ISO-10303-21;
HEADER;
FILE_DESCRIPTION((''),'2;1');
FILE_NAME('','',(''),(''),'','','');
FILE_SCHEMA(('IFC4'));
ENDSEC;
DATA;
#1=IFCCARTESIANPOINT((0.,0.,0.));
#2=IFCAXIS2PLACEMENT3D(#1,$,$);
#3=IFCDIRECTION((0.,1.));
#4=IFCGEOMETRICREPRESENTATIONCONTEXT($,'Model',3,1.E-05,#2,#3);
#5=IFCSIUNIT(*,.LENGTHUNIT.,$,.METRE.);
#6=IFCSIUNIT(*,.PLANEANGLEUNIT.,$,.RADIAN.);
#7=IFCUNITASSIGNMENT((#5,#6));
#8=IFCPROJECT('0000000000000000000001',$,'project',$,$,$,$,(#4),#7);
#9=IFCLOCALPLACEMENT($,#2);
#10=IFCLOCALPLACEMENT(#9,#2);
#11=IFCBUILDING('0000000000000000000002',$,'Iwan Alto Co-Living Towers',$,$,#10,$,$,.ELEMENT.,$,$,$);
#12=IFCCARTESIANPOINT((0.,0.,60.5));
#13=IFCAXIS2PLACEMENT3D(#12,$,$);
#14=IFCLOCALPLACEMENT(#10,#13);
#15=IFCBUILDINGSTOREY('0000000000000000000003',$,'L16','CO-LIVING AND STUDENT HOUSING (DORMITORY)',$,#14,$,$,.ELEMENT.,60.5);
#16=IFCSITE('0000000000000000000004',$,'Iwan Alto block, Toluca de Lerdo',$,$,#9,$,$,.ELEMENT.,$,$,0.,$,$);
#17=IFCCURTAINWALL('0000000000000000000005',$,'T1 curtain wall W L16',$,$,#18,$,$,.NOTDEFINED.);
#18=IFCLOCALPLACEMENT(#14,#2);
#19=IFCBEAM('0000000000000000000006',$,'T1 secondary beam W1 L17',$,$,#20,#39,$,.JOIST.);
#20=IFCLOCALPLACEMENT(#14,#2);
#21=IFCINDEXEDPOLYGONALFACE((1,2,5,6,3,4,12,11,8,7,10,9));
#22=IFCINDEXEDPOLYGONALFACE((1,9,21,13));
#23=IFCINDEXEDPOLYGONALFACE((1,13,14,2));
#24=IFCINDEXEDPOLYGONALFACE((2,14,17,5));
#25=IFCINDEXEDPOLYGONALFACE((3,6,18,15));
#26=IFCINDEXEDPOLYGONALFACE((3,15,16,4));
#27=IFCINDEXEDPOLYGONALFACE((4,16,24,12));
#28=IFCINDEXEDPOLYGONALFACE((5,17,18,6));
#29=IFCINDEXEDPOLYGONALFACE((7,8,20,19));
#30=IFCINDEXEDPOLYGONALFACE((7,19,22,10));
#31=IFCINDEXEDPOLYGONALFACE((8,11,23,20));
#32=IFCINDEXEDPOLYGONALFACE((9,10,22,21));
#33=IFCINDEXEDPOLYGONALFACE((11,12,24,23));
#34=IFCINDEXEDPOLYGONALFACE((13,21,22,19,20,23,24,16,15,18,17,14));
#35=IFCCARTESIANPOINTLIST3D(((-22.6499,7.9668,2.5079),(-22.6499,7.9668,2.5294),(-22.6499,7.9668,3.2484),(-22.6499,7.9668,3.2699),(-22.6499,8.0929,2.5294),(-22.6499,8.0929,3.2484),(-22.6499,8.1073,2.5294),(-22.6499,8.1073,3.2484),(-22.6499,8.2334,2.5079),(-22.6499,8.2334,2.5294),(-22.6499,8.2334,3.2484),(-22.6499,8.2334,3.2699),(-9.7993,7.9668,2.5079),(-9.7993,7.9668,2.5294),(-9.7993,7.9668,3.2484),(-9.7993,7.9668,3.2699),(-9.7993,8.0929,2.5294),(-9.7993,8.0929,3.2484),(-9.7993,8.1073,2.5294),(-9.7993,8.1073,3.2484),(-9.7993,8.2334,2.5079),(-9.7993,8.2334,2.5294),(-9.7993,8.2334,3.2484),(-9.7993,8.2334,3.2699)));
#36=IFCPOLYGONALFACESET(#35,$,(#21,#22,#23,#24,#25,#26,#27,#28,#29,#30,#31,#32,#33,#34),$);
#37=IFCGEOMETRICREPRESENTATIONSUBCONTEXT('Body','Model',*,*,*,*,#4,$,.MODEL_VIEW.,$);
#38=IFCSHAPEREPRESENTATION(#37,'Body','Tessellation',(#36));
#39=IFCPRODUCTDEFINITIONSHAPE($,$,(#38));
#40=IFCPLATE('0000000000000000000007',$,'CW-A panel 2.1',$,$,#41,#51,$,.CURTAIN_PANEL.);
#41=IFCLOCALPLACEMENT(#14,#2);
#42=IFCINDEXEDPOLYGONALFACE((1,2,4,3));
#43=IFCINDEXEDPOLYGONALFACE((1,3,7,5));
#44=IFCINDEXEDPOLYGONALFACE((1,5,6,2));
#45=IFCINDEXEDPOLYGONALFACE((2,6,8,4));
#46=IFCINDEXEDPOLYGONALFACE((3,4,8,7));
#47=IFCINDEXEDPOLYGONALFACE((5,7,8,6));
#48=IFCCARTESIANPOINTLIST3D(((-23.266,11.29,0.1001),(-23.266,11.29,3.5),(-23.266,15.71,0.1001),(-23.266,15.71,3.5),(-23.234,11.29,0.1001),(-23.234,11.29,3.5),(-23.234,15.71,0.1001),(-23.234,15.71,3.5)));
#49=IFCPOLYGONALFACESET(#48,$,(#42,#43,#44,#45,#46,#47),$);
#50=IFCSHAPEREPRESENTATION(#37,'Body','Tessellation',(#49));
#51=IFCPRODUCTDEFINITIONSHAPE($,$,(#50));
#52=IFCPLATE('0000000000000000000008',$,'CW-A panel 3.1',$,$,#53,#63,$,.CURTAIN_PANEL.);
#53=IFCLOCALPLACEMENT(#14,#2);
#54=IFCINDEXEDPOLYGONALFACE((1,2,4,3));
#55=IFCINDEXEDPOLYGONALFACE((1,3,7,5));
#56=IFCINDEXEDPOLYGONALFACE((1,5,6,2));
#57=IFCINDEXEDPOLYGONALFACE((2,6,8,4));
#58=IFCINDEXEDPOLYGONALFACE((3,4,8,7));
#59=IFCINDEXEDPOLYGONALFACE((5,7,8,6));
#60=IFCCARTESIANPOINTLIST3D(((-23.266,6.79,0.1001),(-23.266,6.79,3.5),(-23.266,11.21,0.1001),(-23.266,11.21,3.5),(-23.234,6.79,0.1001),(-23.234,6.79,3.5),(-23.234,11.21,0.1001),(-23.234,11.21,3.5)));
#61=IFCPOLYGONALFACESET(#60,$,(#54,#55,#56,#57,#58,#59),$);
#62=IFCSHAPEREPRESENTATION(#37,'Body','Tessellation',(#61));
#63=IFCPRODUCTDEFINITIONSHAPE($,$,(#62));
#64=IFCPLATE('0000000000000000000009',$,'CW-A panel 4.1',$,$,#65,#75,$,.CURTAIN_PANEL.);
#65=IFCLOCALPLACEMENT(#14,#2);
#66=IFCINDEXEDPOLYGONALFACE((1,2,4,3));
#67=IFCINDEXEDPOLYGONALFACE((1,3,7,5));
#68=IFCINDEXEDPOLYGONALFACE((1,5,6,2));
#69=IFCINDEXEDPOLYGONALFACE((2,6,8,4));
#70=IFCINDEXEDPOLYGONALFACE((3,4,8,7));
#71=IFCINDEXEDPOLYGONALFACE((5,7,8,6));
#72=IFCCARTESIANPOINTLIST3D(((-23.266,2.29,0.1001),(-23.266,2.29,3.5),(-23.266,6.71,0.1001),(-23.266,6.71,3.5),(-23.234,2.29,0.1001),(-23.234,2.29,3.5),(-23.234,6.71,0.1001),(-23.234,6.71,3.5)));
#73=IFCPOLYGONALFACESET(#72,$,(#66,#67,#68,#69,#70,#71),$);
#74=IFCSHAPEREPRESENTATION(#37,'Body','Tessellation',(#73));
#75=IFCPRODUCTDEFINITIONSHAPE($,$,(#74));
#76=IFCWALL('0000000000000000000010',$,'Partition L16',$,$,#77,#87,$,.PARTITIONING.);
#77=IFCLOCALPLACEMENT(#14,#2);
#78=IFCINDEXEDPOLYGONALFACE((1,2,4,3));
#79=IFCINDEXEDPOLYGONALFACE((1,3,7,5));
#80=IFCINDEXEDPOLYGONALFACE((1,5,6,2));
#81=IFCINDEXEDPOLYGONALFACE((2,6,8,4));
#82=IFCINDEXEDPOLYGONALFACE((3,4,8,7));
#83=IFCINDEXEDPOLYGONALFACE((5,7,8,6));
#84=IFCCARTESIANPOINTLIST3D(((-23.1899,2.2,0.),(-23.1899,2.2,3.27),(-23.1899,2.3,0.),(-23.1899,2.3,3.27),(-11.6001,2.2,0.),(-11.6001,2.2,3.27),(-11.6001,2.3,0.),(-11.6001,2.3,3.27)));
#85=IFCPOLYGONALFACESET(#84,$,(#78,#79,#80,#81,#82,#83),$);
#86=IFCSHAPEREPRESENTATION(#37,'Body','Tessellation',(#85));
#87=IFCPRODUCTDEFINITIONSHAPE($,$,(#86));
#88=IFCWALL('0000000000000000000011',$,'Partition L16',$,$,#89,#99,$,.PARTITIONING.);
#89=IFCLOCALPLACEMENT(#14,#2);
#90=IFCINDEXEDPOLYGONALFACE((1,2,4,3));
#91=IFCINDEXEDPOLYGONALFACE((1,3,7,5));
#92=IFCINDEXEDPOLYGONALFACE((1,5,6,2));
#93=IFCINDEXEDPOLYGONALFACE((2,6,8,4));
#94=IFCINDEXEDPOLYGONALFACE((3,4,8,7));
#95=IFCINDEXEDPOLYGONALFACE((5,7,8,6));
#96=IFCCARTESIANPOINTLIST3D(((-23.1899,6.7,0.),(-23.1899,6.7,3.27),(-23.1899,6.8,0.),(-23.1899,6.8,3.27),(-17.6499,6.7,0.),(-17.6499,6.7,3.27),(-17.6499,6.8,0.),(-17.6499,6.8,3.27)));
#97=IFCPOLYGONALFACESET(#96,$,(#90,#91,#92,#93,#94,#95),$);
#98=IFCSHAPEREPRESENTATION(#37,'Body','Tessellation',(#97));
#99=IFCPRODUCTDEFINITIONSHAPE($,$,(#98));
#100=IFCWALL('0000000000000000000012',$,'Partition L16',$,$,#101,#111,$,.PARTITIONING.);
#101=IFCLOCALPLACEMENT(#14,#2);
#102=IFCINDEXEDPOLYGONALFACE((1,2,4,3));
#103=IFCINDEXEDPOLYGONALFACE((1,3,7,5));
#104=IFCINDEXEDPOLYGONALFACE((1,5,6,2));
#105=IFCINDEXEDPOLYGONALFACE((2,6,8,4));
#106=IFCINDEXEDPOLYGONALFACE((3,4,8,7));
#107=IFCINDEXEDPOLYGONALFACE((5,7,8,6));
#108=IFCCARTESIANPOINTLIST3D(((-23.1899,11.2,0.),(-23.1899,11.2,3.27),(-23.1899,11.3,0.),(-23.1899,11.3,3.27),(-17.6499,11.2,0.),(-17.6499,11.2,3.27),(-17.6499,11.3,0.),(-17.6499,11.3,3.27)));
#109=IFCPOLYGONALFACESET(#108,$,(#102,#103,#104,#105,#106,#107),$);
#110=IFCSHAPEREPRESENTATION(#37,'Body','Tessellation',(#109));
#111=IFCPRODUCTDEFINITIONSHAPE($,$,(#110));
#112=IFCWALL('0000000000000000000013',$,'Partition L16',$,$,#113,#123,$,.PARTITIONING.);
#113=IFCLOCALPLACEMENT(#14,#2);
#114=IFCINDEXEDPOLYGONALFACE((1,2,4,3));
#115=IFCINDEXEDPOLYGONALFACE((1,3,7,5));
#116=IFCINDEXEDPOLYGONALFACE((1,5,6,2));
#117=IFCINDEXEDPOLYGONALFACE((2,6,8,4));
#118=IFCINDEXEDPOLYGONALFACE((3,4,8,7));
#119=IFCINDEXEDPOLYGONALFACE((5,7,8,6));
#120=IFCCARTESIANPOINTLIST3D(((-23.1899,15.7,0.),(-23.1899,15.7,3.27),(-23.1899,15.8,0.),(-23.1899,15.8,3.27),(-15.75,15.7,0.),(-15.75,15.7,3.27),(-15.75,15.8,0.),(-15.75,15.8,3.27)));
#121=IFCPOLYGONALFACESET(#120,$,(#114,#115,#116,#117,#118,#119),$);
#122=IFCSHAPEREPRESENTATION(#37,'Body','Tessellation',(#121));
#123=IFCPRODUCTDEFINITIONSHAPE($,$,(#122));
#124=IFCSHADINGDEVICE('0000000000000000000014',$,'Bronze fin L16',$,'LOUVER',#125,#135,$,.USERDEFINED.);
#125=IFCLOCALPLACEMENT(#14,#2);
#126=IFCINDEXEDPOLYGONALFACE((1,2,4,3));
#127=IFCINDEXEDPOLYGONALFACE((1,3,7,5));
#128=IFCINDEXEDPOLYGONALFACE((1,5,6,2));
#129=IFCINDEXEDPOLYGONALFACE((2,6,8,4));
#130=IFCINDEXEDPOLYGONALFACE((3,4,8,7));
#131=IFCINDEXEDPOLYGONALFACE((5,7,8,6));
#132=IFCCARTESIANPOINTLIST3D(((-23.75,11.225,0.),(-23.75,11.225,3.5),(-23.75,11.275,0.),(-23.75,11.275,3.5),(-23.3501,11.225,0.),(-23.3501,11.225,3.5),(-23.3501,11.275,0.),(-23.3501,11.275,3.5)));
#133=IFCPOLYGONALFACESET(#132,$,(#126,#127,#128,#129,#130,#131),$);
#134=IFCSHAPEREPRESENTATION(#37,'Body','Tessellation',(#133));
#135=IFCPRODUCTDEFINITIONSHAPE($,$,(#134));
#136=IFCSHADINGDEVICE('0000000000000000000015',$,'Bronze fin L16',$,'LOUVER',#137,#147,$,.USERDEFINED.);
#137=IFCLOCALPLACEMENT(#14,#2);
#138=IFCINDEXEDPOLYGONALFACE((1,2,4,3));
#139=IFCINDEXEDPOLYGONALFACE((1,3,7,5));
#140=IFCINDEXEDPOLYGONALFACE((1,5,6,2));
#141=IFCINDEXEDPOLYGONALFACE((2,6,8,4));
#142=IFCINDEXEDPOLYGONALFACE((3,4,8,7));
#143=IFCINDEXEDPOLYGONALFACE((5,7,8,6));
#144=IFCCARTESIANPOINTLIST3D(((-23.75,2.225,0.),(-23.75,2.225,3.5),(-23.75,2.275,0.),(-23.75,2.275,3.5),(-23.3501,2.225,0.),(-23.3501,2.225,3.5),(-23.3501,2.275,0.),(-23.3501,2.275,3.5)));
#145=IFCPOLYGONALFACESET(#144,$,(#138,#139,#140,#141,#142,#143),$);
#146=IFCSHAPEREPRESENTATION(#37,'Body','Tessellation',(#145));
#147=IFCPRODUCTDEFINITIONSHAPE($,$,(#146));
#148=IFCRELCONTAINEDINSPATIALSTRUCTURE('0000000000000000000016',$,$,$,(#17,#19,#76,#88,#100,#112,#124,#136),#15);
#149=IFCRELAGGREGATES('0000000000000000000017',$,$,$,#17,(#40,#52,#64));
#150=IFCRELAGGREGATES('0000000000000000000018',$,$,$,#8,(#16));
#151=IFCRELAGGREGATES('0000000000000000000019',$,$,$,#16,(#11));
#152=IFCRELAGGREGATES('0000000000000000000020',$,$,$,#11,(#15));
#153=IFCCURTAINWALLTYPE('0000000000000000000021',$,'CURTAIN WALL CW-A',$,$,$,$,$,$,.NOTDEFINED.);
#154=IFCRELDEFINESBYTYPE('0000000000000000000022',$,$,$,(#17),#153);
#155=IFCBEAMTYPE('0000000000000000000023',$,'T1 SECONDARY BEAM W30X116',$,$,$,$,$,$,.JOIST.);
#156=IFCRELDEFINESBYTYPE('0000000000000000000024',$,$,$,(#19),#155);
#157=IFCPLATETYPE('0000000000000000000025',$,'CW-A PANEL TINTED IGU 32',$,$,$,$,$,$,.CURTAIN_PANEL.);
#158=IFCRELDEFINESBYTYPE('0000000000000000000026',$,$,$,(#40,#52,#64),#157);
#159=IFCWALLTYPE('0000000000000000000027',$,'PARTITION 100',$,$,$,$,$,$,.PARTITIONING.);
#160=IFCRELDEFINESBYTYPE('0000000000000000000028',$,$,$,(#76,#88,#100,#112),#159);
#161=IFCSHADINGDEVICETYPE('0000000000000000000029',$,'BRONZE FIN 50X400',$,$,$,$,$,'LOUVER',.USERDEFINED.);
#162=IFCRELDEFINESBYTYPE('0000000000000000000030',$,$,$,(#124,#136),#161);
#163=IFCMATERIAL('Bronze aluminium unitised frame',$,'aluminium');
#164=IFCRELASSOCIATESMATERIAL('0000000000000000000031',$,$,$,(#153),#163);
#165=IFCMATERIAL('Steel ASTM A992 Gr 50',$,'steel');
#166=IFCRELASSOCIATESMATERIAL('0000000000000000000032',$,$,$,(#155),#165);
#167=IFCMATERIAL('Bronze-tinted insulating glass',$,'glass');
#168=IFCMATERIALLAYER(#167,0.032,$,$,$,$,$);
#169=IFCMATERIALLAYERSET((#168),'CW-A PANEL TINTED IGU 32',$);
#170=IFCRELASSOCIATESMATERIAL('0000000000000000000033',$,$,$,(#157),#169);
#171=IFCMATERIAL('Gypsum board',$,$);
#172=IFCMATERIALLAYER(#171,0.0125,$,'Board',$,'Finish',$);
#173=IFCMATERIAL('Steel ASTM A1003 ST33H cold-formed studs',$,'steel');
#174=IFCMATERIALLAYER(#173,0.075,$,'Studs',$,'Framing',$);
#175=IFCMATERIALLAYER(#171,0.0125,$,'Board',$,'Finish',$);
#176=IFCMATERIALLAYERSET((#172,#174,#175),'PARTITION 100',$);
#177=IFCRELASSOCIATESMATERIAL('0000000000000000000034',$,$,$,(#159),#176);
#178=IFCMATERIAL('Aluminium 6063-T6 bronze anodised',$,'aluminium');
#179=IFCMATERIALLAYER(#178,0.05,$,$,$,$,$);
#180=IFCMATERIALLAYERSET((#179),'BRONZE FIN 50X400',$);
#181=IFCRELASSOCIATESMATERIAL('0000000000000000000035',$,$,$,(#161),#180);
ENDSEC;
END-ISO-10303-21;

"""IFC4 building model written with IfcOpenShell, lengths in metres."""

from ifc_helpers import new_model, si_unit, direction, frame, frame_2d, origin, origin_2d, place, context, subcontext, project, spatial, rectangle, i_section, extrude, material, layer, layer_set, material_profile, profile_set, type_object, element, aggregate, save


model = new_model("IFC4")

# Units and contexts
model_context = context("Model", 3, precision=1e-05, world=origin(), true_north=direction((0.0, 1.0)))
body_context = subcontext(model_context, "Body", "Model", "MODEL_VIEW")
ifc_project = project(units=[si_unit("LENGTHUNIT", "METRE"), si_unit("PLANEANGLEUNIT", "RADIAN")], contexts=[model_context])

# Site, building, storey
site_placement = place(None, origin())
site = spatial("IfcSite", under=ifc_project, at=site_placement, Name="Iwan Alto block, Toluca de Lerdo", CompositionType="ELEMENT", RefElevation=0.0)
building_placement = place(site_placement, origin())
building = spatial("IfcBuilding", under=site, at=building_placement, Name="Iwan Alto Co-Living Towers", CompositionType="ELEMENT")
storey_placement = place(building_placement, frame((0.0, 0.0, 60.5)))
storey = spatial("IfcBuildingStorey", under=building, at=storey_placement, Name="L16", Description="CO-LIVING AND STUDENT HOUSING (DORMITORY)", CompositionType="ELEMENT", Elevation=60.5)

# Curtain wall
ifc_material_1 = material(Name="Bronze aluminium unitised frame", Category="aluminium")
curtain_wall_type = type_object("IfcCurtainWallType", Name="CURTAIN WALL CW-A", PredefinedType="NOTDEFINED", material=ifc_material_1)
curtain_wall_placement = place(storey_placement, origin())
curtain_wall = element("IfcCurtainWall", 1, at=curtain_wall_placement, inside=storey, type_object=curtain_wall_type, Name="T1 curtain wall W L16", PredefinedType="NOTDEFINED")

# Beam
ifc_material_2 = material(Name="Steel ASTM A992 Gr 50", Category="steel")
ifc_material_profile_1 = material_profile(ifc_material_2, i_section(OverallWidth=0.2666, OverallDepth=0.762, WebThickness=0.0144, FlangeThickness=0.0215, at=origin_2d()), Name="W30X116")
ifc_profile_set_1 = profile_set([ifc_material_profile_1], Name="Steel ASTM A992 Gr 50")
beam_type_1 = type_object("IfcBeamType", Name="T1 SECONDARY BEAM W30X116", PredefinedType="JOIST", material=ifc_profile_set_1)
beam_1_placement = place(storey_placement, frame((-22.6499, 8.1001, 2.8889), z_axis=(1.0, 0.0, 0.0), x_axis=(0.0, 1.0, 0.0)))
element("IfcBeam", 2, at=beam_1_placement, inside=storey, type_object=beam_type_1, Name="T1 secondary beam W1 L17", PredefinedType="JOIST", context=body_context, shape_type="SweptSolid", body=[
    extrude(i_section(OverallWidth=0.2666, OverallDepth=0.762, WebThickness=0.0144, FlangeThickness=0.0215, at=origin_2d()), origin(), (0.0, 0.0, 1.0), 12.8506),
])

# Plates
ifc_material_3 = material(Name="Bronze-tinted insulating glass", Category="glass")
ifc_layer_1 = layer(ifc_material_3, 0.032)
ifc_layer_set_1 = layer_set([ifc_layer_1], Name="CW-A PANEL TINTED IGU 32")
plate_type = type_object("IfcPlateType", Name="CW-A PANEL TINTED IGU 32", PredefinedType="CURTAIN_PANEL", material=ifc_layer_set_1)
plate_1_placement = place(storey_placement, frame((-23.25, 13.5, 0.1001), z_axis=(0.0, 0.0, 1.0), x_axis=(0.0, -1.0, 0.0)))
plate_1 = element("IfcPlate", 3, at=plate_1_placement, type_object=plate_type, Name="CW-A panel 2.1", PredefinedType="CURTAIN_PANEL", context=body_context, shape_type="SweptSolid", body=[
    extrude(rectangle(XDim=4.4199, YDim=0.032, at=origin_2d()), origin(), (0.0, 0.0, 1.0), 3.3999),
])
plate_2_placement = place(storey_placement, frame((-23.25, 9.0, 0.1001), z_axis=(0.0, 0.0, 1.0), x_axis=(0.0, -1.0, 0.0)))
plate_2 = element("IfcPlate", 4, at=plate_2_placement, type_object=plate_type, Name="CW-A panel 3.1", PredefinedType="CURTAIN_PANEL", context=body_context, shape_type="SweptSolid", body=[
    extrude(rectangle(XDim=4.4199, YDim=0.032, at=origin_2d()), origin(), (0.0, 0.0, 1.0), 3.3999),
])
plate_3_placement = place(storey_placement, frame((-23.25, 4.5, 0.1001), z_axis=(0.0, 0.0, 1.0), x_axis=(0.0, -1.0, 0.0)))
plate_3 = element("IfcPlate", 5, at=plate_3_placement, type_object=plate_type, Name="CW-A panel 4.1", PredefinedType="CURTAIN_PANEL", context=body_context, shape_type="SweptSolid", body=[
    extrude(rectangle(XDim=4.4199, YDim=0.032, at=origin_2d()), origin(), (0.0, 0.0, 1.0), 3.3999),
])
aggregate(curtain_wall, [plate_1, plate_2, plate_3])

# Walls
ifc_material_4 = material(Name="Gypsum board")
ifc_layer_2 = layer(ifc_material_4, 0.0125, Name="Board", Category="Finish")
ifc_material_5 = material(Name="Steel ASTM A1003 ST33H cold-formed studs", Category="steel")
ifc_layer_3 = layer(ifc_material_5, 0.075, Name="Studs", Category="Framing")
ifc_layer_4 = layer(ifc_material_4, 0.0125, Name="Board", Category="Finish")
ifc_layer_set_2 = layer_set([ifc_layer_2, ifc_layer_3, ifc_layer_4], Name="PARTITION 100")
wall_type = type_object("IfcWallType", Name="PARTITION 100", PredefinedType="PARTITIONING", material=ifc_layer_set_2)
wall_1_placement = place(storey_placement, frame((-23.1899, 2.25, 0.0), z_axis=(0.0, 0.0, 1.0), x_axis=(1.0, 0.0, 0.0)))
element("IfcWall", 6, at=wall_1_placement, inside=storey, type_object=wall_type, Name="Partition L16", PredefinedType="PARTITIONING", context=body_context, shape_type="SweptSolid", body=[
    extrude(rectangle(XDim=11.5898, YDim=0.1001, at=frame_2d((5.7949, 0.0))), origin(), (0.0, 0.0, 1.0), 3.27),
])
for number, where, z_axis, x_axis, name in (
    (7, (-23.1899, 6.75, 0.0), (0.0, 0.0, 1.0), (1.0, 0.0, 0.0), "Partition L16"),
    (8, (-23.1899, 11.25, 0.0), (0.0, 0.0, 1.0), (1.0, 0.0, 0.0), "Partition L16"),
):
    element("IfcWall", number, at=place(storey_placement, frame(where, z_axis=z_axis, x_axis=x_axis)), inside=storey, type_object=wall_type, Name=name, PredefinedType="PARTITIONING", context=body_context, shape_type="SweptSolid", body=[
        extrude(rectangle(XDim=5.54, YDim=0.1001, at=frame_2d((2.77, 0.0))), origin(), (0.0, 0.0, 1.0), 3.27),
    ])
wall_2_placement = place(storey_placement, frame((-23.1899, 15.75, 0.0), z_axis=(0.0, 0.0, 1.0), x_axis=(1.0, 0.0, 0.0)))
element("IfcWall", 9, at=wall_2_placement, inside=storey, type_object=wall_type, Name="Partition L16", PredefinedType="PARTITIONING", context=body_context, shape_type="SweptSolid", body=[
    extrude(rectangle(XDim=7.4399, YDim=0.1001, at=frame_2d((3.72, 0.0))), origin(), (0.0, 0.0, 1.0), 3.27),
])

# Shading devices
ifc_material_6 = material(Name="Aluminium 6063-T6 bronze anodised", Category="aluminium")
ifc_layer_5 = layer(ifc_material_6, 0.05)
ifc_layer_set_3 = layer_set([ifc_layer_5], Name="BRONZE FIN 50X400")
shading_device_type = type_object("IfcShadingDeviceType", Name="BRONZE FIN 50X400", ElementType="LOUVER", PredefinedType="USERDEFINED", material=ifc_layer_set_3)
for number, where, z_axis, x_axis, name in (
    (10, (-23.55, 11.25, 0.0), (0.0, 0.0, 1.0), (0.0, -1.0, 0.0), "Bronze fin L16"),
    (11, (-23.55, 2.25, 0.0), (0.0, 0.0, 1.0), (0.0, -1.0, 0.0), "Bronze fin L16"),
):
    element("IfcShadingDevice", number, at=place(storey_placement, frame(where, z_axis=z_axis, x_axis=x_axis)), inside=storey, type_object=shading_device_type, Name=name, ObjectType="LOUVER", PredefinedType="USERDEFINED", context=body_context, shape_type="SweptSolid", body=[
        extrude(rectangle(XDim=0.05, YDim=0.3999, at=origin_2d()), origin(), (0.0, 0.0, 1.0), 3.5),
    ])

save(model, "model.ifc")
